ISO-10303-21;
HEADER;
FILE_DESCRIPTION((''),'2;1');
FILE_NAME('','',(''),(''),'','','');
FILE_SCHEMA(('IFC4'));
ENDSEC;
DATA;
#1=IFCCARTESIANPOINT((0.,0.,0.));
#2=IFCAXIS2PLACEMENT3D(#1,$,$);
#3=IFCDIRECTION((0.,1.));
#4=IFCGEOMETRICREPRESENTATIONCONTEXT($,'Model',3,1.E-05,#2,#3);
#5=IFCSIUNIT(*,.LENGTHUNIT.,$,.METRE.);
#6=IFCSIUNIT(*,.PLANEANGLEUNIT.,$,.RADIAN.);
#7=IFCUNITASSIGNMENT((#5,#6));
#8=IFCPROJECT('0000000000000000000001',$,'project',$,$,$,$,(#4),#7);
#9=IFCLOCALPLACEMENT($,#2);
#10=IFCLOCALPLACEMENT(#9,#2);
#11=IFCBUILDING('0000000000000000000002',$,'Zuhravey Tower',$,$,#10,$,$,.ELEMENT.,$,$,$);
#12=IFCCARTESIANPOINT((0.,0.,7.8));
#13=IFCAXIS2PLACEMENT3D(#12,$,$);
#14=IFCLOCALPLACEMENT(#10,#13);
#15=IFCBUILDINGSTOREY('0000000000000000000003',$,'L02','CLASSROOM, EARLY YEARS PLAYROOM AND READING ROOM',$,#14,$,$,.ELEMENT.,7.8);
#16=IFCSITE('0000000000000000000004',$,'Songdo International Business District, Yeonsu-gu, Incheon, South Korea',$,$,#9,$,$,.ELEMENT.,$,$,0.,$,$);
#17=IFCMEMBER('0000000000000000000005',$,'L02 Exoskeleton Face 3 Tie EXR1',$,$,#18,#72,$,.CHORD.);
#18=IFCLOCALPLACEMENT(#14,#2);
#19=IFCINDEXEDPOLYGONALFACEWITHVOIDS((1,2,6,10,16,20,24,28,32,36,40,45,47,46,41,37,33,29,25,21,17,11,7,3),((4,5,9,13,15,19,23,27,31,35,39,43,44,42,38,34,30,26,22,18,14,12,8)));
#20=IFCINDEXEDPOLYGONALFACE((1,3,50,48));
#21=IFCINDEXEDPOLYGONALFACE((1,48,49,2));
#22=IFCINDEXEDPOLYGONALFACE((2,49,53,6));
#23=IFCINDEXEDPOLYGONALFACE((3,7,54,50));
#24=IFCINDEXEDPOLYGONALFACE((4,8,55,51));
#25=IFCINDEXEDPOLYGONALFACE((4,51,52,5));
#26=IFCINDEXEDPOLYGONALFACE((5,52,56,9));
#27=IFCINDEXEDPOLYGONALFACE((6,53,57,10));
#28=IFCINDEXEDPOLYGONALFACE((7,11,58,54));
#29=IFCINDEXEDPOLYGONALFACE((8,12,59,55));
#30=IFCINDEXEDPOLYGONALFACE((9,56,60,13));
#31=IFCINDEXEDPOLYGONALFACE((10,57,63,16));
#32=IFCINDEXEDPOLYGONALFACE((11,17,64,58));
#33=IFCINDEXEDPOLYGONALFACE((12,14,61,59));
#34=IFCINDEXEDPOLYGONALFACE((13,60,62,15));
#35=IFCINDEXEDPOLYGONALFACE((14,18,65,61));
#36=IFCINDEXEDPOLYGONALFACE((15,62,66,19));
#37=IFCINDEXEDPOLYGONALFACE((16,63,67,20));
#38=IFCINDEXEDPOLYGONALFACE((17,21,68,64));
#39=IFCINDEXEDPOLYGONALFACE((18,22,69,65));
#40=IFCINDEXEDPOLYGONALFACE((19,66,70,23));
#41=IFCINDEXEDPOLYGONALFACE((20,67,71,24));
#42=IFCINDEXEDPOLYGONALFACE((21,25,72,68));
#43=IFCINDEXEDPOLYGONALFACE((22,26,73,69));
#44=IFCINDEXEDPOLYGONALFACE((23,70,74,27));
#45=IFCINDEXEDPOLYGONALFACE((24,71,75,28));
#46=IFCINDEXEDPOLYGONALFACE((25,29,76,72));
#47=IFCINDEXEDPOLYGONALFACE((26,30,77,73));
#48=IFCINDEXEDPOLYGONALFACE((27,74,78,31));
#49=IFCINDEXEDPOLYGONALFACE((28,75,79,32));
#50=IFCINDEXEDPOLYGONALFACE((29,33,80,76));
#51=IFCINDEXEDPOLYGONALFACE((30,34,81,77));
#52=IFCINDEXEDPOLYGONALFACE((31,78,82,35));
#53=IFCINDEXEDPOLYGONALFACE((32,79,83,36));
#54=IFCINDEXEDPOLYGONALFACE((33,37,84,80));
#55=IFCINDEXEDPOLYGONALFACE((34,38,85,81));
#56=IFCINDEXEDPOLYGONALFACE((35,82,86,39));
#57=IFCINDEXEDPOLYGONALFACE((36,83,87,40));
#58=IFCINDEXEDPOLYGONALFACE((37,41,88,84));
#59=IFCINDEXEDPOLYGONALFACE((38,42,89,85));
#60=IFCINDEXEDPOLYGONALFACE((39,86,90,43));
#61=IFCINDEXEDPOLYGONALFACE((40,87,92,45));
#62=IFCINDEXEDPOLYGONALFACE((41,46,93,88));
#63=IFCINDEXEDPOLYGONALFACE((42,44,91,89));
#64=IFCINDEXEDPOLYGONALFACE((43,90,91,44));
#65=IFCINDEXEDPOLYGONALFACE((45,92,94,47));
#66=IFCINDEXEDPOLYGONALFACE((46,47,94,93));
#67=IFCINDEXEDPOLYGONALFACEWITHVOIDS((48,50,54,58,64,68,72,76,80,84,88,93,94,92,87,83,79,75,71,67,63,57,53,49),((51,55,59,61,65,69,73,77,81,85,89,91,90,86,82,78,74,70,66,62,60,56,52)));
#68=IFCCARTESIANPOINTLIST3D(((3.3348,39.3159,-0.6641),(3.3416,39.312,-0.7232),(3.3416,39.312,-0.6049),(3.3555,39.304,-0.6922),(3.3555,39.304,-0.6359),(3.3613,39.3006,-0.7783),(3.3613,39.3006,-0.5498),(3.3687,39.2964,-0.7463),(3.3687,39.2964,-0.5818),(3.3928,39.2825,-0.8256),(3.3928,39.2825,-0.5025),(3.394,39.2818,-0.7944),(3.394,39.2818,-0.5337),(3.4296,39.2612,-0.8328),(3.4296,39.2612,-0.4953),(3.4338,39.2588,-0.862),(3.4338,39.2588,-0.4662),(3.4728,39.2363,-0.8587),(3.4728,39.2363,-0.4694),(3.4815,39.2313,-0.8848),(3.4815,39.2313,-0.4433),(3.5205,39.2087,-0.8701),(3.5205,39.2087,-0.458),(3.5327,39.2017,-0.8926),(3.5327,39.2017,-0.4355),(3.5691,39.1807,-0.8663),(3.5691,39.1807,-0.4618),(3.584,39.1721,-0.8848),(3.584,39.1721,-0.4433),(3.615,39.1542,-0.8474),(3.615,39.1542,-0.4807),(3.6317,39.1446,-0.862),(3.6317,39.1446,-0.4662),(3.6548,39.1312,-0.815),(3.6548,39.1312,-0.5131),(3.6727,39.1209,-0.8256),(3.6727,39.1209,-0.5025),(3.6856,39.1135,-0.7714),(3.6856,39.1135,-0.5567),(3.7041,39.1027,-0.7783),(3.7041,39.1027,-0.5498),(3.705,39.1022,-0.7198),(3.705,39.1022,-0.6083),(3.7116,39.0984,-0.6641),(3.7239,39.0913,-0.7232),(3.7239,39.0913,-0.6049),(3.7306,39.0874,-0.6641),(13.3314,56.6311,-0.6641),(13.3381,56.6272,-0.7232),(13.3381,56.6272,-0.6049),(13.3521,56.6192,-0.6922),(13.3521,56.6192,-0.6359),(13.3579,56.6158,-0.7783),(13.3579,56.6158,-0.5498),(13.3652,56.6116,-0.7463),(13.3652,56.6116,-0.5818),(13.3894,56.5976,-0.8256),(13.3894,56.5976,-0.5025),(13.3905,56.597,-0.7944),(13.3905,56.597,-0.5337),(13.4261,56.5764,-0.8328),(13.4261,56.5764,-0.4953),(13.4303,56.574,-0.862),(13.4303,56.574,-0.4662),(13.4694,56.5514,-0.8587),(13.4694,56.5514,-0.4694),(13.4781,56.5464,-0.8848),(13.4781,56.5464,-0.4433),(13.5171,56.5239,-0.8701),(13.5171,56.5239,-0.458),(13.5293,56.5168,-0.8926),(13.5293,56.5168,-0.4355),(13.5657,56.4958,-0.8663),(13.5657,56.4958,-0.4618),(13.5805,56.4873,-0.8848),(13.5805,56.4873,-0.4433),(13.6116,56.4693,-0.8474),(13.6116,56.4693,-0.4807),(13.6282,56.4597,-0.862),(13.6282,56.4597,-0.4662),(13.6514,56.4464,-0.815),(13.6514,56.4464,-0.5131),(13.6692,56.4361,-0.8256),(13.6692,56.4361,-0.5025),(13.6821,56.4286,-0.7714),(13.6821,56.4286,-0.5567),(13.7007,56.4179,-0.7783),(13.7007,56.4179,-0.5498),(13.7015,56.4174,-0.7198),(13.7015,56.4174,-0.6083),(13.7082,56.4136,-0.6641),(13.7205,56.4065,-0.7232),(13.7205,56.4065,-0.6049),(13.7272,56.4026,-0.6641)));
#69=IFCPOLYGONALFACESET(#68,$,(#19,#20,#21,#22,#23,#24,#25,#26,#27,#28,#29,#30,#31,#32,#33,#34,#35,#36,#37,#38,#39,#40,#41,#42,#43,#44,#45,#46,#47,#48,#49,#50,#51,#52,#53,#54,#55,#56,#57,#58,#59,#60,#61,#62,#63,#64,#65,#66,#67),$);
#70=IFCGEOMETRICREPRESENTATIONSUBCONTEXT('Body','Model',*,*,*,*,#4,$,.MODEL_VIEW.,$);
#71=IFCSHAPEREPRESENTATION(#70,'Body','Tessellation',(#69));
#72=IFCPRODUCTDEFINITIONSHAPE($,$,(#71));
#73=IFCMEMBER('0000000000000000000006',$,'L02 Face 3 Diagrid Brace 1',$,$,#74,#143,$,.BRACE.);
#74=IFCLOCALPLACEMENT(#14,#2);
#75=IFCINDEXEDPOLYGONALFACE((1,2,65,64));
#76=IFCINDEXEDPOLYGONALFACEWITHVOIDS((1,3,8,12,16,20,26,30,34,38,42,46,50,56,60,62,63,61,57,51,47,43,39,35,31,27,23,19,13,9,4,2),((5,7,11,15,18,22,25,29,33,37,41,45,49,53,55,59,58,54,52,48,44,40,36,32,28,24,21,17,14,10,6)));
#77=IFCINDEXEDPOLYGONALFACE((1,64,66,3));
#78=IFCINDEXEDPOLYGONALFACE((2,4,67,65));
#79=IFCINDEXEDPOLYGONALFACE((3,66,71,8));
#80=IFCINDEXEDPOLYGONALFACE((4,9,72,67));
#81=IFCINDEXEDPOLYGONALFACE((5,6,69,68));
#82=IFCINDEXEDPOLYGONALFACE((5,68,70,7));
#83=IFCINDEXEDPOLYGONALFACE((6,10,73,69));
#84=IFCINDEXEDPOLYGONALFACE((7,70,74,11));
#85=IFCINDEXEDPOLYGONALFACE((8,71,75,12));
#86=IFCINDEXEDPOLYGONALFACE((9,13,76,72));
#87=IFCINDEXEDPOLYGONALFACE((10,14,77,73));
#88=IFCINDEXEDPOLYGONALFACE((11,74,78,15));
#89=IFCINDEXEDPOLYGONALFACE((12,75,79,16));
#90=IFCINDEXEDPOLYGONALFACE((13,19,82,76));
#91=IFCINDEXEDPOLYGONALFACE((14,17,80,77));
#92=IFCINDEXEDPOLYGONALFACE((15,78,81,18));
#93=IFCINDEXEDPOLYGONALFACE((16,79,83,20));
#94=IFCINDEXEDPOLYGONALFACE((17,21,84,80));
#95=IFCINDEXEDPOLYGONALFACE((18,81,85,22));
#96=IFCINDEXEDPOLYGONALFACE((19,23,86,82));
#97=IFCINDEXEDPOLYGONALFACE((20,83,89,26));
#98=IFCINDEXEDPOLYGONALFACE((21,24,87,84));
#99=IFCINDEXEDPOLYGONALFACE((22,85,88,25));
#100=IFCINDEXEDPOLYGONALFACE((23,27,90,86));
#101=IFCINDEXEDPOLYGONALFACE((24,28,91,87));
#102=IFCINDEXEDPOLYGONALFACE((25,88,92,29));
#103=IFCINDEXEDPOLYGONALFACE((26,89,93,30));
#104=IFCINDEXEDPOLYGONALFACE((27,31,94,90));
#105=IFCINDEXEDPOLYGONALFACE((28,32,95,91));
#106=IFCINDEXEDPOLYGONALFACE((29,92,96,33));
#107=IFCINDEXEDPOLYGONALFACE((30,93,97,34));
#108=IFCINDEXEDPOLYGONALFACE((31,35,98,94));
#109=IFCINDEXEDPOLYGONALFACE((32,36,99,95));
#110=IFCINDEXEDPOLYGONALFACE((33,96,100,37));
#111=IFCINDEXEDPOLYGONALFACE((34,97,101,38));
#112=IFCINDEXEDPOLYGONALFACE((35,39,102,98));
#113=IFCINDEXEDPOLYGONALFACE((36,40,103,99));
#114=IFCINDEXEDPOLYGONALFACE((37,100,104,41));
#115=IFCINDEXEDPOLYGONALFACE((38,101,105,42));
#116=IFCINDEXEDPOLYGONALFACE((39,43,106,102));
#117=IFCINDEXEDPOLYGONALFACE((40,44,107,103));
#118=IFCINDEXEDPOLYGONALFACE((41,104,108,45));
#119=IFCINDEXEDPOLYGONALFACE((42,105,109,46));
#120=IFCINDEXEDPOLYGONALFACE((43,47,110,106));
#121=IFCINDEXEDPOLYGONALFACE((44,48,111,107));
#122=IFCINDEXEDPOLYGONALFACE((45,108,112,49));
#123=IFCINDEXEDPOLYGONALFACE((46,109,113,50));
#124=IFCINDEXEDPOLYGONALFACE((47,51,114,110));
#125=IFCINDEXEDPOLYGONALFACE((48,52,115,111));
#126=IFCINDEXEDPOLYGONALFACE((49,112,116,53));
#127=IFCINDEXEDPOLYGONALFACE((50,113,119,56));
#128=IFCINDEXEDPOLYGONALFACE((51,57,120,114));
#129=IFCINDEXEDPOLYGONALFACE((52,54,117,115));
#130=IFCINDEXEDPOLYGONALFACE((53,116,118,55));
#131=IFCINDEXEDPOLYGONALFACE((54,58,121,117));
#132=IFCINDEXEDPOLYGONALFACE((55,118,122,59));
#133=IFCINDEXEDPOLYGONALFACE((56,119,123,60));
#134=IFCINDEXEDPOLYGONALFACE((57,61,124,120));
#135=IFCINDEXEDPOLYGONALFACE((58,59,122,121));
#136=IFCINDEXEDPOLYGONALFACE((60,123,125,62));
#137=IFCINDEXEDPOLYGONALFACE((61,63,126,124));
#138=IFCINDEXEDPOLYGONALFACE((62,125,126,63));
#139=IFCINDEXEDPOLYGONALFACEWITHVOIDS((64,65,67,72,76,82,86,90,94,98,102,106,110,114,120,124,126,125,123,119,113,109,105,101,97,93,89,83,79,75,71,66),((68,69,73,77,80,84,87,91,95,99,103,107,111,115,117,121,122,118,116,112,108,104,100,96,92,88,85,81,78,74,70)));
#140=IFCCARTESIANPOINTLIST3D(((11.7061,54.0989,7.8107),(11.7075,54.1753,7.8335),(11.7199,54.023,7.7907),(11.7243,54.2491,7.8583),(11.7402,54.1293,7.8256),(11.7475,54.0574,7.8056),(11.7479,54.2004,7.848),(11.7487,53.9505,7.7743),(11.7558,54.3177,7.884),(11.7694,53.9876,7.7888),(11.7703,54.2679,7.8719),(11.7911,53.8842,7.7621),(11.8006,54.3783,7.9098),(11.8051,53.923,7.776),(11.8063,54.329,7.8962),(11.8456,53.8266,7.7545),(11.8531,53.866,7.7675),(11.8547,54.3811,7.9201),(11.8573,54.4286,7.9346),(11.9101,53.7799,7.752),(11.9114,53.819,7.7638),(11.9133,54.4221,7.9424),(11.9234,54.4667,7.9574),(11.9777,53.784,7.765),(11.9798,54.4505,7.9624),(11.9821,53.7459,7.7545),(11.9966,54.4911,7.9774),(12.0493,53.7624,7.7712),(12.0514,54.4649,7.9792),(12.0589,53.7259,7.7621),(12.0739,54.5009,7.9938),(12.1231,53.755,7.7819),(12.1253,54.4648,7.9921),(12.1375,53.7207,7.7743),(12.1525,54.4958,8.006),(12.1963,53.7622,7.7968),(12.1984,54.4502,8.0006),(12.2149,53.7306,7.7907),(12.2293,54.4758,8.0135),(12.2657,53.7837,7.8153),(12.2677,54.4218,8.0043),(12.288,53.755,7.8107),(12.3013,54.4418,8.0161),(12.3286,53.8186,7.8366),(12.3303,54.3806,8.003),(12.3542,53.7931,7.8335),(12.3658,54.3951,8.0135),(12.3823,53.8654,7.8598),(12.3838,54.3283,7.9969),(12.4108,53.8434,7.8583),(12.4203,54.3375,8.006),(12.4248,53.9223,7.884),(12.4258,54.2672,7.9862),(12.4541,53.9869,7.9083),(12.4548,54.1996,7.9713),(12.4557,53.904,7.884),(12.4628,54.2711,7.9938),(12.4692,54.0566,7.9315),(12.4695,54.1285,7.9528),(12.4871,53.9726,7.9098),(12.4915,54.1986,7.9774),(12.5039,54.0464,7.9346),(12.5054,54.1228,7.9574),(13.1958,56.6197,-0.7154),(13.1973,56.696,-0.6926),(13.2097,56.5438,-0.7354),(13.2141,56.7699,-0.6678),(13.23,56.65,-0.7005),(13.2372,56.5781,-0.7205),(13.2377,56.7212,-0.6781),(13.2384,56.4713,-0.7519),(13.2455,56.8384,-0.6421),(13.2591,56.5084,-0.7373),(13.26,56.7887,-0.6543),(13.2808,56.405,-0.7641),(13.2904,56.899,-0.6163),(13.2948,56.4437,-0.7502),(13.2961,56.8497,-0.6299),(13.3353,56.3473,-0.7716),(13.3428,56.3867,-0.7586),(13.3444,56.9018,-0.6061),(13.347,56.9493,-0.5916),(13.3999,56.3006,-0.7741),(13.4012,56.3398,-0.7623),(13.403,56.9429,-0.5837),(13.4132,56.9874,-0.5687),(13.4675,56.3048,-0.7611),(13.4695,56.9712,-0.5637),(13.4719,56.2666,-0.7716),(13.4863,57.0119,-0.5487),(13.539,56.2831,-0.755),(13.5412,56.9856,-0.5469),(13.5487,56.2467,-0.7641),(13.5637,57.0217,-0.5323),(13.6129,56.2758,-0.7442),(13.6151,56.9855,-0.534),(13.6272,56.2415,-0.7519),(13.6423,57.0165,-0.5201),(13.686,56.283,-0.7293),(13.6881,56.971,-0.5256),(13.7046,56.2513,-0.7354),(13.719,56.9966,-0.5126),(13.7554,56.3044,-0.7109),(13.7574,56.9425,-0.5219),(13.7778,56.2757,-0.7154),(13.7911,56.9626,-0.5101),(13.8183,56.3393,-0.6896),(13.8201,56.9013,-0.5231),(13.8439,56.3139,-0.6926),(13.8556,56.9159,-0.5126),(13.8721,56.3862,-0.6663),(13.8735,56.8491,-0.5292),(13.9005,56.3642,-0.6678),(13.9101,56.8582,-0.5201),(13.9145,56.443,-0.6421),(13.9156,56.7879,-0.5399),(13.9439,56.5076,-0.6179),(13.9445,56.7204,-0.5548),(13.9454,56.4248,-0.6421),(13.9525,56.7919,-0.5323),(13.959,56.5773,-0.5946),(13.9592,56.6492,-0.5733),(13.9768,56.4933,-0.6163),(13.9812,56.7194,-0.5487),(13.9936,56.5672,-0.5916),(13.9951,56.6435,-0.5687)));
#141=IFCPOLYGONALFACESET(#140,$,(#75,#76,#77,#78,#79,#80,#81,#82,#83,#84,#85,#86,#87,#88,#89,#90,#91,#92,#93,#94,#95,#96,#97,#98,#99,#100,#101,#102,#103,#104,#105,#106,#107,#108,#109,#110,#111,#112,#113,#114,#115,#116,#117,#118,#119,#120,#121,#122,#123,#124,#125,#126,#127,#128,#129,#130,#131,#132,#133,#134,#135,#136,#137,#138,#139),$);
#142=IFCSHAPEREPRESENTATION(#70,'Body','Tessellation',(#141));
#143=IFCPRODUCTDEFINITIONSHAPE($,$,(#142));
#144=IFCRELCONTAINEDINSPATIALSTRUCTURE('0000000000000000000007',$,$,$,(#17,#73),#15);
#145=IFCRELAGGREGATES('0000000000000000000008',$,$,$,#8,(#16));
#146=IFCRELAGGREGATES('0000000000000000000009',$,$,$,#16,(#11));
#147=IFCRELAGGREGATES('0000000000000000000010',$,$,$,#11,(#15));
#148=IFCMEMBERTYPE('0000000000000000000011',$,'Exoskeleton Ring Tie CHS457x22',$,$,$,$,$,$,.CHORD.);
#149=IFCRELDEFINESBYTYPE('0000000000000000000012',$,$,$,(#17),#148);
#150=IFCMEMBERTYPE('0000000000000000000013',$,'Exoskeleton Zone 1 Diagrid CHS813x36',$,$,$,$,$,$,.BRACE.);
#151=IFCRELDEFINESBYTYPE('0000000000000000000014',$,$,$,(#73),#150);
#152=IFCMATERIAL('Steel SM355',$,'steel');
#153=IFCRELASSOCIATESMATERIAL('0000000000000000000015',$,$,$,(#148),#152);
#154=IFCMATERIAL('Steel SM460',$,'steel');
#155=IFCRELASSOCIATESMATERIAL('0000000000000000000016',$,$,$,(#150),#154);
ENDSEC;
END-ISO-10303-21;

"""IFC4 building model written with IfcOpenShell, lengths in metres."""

from ifc_helpers import new_model, si_unit, direction, frame, origin, origin_2d, place, context, subcontext, project, spatial, hollow_circle, extrude, material, material_profile, profile_set, type_object, element, save


model = new_model("IFC4")

# Units and contexts
model_context = context("Model", 3, precision=1e-05, world=origin(), true_north=direction((0.0, 1.0)))
body_context = subcontext(model_context, "Body", "Model", "MODEL_VIEW")
ifc_project = project(units=[si_unit("LENGTHUNIT", "METRE"), si_unit("PLANEANGLEUNIT", "RADIAN")], contexts=[model_context])

# Site, building, storey
site_placement = place(None, origin())
site = spatial("IfcSite", under=ifc_project, at=site_placement, Name="Songdo International Business District, Yeonsu-gu, Incheon, South Korea", CompositionType="ELEMENT", RefElevation=0.0)
building_placement = place(site_placement, origin())
building = spatial("IfcBuilding", under=site, at=building_placement, Name="Zuhravey Tower", CompositionType="ELEMENT")
storey_placement = place(building_placement, frame((0.0, 0.0, 7.8)))
storey = spatial("IfcBuildingStorey", under=building, at=storey_placement, Name="L02", Description="CLASSROOM, EARLY YEARS PLAYROOM AND READING ROOM", CompositionType="ELEMENT", Elevation=7.8)

# Members
ifc_material_1 = material(Name="Steel SM355", Category="steel")
ifc_material_profile_1 = material_profile(ifc_material_1, hollow_circle(Radius=0.2285, WallThickness=0.022, at=origin_2d()), Name="CHS-457.2x22")
ifc_profile_set_1 = profile_set([ifc_material_profile_1], Name="Steel SM355")
member_type_1 = type_object("IfcMemberType", Name="Exoskeleton Ring Tie CHS457x22", PredefinedType="CHORD", material=ifc_profile_set_1)
member_1_placement = place(storey_placement, frame((13.5293, 56.5168, -0.6641), z_axis=(-0.499987, -0.866033, 0.0), x_axis=(0.866033, -0.499987, 0.0)))
element("IfcMember", 1, at=member_1_placement, inside=storey, type_object=member_type_1, Name="L02 Exoskeleton Face 3 Tie EXR1", PredefinedType="CHORD", context=body_context, shape_type="SweptSolid", body=[
    extrude(hollow_circle(Radius=0.2285, WallThickness=0.022, at=origin_2d()), origin(), (0.0, 0.0, 1.0), 19.9937),
])
ifc_material_2 = material(Name="Steel SM460", Category="steel")
ifc_material_profile_2 = material_profile(ifc_material_2, hollow_circle(Radius=0.4065, WallThickness=0.0359, at=origin_2d()), Name="CHS-812.8x36")
ifc_profile_set_2 = profile_set([ifc_material_profile_2], Name="Steel SM460")
member_type_2 = type_object("IfcMemberType", Name="Exoskeleton Zone 1 Diagrid CHS813x36", PredefinedType="BRACE", material=ifc_profile_set_2)
member_2_placement = place(storey_placement, frame((13.5955, 56.6316, -0.6421), z_axis=(-0.165254, -0.279621, 0.945782), x_axis=(0.860895, -0.508783, 0.0)))
element("IfcMember", 2, at=member_2_placement, inside=storey, type_object=member_type_2, Name="L02 Face 3 Diagrid Brace 1", PredefinedType="BRACE", context=body_context, shape_type="SweptSolid", body=[
    extrude(hollow_circle(Radius=0.4065, WallThickness=0.0359, at=origin_2d()), origin(), (0.0, 0.0, 1.0), 9.0149),
])

save(model, "model.ifc")
